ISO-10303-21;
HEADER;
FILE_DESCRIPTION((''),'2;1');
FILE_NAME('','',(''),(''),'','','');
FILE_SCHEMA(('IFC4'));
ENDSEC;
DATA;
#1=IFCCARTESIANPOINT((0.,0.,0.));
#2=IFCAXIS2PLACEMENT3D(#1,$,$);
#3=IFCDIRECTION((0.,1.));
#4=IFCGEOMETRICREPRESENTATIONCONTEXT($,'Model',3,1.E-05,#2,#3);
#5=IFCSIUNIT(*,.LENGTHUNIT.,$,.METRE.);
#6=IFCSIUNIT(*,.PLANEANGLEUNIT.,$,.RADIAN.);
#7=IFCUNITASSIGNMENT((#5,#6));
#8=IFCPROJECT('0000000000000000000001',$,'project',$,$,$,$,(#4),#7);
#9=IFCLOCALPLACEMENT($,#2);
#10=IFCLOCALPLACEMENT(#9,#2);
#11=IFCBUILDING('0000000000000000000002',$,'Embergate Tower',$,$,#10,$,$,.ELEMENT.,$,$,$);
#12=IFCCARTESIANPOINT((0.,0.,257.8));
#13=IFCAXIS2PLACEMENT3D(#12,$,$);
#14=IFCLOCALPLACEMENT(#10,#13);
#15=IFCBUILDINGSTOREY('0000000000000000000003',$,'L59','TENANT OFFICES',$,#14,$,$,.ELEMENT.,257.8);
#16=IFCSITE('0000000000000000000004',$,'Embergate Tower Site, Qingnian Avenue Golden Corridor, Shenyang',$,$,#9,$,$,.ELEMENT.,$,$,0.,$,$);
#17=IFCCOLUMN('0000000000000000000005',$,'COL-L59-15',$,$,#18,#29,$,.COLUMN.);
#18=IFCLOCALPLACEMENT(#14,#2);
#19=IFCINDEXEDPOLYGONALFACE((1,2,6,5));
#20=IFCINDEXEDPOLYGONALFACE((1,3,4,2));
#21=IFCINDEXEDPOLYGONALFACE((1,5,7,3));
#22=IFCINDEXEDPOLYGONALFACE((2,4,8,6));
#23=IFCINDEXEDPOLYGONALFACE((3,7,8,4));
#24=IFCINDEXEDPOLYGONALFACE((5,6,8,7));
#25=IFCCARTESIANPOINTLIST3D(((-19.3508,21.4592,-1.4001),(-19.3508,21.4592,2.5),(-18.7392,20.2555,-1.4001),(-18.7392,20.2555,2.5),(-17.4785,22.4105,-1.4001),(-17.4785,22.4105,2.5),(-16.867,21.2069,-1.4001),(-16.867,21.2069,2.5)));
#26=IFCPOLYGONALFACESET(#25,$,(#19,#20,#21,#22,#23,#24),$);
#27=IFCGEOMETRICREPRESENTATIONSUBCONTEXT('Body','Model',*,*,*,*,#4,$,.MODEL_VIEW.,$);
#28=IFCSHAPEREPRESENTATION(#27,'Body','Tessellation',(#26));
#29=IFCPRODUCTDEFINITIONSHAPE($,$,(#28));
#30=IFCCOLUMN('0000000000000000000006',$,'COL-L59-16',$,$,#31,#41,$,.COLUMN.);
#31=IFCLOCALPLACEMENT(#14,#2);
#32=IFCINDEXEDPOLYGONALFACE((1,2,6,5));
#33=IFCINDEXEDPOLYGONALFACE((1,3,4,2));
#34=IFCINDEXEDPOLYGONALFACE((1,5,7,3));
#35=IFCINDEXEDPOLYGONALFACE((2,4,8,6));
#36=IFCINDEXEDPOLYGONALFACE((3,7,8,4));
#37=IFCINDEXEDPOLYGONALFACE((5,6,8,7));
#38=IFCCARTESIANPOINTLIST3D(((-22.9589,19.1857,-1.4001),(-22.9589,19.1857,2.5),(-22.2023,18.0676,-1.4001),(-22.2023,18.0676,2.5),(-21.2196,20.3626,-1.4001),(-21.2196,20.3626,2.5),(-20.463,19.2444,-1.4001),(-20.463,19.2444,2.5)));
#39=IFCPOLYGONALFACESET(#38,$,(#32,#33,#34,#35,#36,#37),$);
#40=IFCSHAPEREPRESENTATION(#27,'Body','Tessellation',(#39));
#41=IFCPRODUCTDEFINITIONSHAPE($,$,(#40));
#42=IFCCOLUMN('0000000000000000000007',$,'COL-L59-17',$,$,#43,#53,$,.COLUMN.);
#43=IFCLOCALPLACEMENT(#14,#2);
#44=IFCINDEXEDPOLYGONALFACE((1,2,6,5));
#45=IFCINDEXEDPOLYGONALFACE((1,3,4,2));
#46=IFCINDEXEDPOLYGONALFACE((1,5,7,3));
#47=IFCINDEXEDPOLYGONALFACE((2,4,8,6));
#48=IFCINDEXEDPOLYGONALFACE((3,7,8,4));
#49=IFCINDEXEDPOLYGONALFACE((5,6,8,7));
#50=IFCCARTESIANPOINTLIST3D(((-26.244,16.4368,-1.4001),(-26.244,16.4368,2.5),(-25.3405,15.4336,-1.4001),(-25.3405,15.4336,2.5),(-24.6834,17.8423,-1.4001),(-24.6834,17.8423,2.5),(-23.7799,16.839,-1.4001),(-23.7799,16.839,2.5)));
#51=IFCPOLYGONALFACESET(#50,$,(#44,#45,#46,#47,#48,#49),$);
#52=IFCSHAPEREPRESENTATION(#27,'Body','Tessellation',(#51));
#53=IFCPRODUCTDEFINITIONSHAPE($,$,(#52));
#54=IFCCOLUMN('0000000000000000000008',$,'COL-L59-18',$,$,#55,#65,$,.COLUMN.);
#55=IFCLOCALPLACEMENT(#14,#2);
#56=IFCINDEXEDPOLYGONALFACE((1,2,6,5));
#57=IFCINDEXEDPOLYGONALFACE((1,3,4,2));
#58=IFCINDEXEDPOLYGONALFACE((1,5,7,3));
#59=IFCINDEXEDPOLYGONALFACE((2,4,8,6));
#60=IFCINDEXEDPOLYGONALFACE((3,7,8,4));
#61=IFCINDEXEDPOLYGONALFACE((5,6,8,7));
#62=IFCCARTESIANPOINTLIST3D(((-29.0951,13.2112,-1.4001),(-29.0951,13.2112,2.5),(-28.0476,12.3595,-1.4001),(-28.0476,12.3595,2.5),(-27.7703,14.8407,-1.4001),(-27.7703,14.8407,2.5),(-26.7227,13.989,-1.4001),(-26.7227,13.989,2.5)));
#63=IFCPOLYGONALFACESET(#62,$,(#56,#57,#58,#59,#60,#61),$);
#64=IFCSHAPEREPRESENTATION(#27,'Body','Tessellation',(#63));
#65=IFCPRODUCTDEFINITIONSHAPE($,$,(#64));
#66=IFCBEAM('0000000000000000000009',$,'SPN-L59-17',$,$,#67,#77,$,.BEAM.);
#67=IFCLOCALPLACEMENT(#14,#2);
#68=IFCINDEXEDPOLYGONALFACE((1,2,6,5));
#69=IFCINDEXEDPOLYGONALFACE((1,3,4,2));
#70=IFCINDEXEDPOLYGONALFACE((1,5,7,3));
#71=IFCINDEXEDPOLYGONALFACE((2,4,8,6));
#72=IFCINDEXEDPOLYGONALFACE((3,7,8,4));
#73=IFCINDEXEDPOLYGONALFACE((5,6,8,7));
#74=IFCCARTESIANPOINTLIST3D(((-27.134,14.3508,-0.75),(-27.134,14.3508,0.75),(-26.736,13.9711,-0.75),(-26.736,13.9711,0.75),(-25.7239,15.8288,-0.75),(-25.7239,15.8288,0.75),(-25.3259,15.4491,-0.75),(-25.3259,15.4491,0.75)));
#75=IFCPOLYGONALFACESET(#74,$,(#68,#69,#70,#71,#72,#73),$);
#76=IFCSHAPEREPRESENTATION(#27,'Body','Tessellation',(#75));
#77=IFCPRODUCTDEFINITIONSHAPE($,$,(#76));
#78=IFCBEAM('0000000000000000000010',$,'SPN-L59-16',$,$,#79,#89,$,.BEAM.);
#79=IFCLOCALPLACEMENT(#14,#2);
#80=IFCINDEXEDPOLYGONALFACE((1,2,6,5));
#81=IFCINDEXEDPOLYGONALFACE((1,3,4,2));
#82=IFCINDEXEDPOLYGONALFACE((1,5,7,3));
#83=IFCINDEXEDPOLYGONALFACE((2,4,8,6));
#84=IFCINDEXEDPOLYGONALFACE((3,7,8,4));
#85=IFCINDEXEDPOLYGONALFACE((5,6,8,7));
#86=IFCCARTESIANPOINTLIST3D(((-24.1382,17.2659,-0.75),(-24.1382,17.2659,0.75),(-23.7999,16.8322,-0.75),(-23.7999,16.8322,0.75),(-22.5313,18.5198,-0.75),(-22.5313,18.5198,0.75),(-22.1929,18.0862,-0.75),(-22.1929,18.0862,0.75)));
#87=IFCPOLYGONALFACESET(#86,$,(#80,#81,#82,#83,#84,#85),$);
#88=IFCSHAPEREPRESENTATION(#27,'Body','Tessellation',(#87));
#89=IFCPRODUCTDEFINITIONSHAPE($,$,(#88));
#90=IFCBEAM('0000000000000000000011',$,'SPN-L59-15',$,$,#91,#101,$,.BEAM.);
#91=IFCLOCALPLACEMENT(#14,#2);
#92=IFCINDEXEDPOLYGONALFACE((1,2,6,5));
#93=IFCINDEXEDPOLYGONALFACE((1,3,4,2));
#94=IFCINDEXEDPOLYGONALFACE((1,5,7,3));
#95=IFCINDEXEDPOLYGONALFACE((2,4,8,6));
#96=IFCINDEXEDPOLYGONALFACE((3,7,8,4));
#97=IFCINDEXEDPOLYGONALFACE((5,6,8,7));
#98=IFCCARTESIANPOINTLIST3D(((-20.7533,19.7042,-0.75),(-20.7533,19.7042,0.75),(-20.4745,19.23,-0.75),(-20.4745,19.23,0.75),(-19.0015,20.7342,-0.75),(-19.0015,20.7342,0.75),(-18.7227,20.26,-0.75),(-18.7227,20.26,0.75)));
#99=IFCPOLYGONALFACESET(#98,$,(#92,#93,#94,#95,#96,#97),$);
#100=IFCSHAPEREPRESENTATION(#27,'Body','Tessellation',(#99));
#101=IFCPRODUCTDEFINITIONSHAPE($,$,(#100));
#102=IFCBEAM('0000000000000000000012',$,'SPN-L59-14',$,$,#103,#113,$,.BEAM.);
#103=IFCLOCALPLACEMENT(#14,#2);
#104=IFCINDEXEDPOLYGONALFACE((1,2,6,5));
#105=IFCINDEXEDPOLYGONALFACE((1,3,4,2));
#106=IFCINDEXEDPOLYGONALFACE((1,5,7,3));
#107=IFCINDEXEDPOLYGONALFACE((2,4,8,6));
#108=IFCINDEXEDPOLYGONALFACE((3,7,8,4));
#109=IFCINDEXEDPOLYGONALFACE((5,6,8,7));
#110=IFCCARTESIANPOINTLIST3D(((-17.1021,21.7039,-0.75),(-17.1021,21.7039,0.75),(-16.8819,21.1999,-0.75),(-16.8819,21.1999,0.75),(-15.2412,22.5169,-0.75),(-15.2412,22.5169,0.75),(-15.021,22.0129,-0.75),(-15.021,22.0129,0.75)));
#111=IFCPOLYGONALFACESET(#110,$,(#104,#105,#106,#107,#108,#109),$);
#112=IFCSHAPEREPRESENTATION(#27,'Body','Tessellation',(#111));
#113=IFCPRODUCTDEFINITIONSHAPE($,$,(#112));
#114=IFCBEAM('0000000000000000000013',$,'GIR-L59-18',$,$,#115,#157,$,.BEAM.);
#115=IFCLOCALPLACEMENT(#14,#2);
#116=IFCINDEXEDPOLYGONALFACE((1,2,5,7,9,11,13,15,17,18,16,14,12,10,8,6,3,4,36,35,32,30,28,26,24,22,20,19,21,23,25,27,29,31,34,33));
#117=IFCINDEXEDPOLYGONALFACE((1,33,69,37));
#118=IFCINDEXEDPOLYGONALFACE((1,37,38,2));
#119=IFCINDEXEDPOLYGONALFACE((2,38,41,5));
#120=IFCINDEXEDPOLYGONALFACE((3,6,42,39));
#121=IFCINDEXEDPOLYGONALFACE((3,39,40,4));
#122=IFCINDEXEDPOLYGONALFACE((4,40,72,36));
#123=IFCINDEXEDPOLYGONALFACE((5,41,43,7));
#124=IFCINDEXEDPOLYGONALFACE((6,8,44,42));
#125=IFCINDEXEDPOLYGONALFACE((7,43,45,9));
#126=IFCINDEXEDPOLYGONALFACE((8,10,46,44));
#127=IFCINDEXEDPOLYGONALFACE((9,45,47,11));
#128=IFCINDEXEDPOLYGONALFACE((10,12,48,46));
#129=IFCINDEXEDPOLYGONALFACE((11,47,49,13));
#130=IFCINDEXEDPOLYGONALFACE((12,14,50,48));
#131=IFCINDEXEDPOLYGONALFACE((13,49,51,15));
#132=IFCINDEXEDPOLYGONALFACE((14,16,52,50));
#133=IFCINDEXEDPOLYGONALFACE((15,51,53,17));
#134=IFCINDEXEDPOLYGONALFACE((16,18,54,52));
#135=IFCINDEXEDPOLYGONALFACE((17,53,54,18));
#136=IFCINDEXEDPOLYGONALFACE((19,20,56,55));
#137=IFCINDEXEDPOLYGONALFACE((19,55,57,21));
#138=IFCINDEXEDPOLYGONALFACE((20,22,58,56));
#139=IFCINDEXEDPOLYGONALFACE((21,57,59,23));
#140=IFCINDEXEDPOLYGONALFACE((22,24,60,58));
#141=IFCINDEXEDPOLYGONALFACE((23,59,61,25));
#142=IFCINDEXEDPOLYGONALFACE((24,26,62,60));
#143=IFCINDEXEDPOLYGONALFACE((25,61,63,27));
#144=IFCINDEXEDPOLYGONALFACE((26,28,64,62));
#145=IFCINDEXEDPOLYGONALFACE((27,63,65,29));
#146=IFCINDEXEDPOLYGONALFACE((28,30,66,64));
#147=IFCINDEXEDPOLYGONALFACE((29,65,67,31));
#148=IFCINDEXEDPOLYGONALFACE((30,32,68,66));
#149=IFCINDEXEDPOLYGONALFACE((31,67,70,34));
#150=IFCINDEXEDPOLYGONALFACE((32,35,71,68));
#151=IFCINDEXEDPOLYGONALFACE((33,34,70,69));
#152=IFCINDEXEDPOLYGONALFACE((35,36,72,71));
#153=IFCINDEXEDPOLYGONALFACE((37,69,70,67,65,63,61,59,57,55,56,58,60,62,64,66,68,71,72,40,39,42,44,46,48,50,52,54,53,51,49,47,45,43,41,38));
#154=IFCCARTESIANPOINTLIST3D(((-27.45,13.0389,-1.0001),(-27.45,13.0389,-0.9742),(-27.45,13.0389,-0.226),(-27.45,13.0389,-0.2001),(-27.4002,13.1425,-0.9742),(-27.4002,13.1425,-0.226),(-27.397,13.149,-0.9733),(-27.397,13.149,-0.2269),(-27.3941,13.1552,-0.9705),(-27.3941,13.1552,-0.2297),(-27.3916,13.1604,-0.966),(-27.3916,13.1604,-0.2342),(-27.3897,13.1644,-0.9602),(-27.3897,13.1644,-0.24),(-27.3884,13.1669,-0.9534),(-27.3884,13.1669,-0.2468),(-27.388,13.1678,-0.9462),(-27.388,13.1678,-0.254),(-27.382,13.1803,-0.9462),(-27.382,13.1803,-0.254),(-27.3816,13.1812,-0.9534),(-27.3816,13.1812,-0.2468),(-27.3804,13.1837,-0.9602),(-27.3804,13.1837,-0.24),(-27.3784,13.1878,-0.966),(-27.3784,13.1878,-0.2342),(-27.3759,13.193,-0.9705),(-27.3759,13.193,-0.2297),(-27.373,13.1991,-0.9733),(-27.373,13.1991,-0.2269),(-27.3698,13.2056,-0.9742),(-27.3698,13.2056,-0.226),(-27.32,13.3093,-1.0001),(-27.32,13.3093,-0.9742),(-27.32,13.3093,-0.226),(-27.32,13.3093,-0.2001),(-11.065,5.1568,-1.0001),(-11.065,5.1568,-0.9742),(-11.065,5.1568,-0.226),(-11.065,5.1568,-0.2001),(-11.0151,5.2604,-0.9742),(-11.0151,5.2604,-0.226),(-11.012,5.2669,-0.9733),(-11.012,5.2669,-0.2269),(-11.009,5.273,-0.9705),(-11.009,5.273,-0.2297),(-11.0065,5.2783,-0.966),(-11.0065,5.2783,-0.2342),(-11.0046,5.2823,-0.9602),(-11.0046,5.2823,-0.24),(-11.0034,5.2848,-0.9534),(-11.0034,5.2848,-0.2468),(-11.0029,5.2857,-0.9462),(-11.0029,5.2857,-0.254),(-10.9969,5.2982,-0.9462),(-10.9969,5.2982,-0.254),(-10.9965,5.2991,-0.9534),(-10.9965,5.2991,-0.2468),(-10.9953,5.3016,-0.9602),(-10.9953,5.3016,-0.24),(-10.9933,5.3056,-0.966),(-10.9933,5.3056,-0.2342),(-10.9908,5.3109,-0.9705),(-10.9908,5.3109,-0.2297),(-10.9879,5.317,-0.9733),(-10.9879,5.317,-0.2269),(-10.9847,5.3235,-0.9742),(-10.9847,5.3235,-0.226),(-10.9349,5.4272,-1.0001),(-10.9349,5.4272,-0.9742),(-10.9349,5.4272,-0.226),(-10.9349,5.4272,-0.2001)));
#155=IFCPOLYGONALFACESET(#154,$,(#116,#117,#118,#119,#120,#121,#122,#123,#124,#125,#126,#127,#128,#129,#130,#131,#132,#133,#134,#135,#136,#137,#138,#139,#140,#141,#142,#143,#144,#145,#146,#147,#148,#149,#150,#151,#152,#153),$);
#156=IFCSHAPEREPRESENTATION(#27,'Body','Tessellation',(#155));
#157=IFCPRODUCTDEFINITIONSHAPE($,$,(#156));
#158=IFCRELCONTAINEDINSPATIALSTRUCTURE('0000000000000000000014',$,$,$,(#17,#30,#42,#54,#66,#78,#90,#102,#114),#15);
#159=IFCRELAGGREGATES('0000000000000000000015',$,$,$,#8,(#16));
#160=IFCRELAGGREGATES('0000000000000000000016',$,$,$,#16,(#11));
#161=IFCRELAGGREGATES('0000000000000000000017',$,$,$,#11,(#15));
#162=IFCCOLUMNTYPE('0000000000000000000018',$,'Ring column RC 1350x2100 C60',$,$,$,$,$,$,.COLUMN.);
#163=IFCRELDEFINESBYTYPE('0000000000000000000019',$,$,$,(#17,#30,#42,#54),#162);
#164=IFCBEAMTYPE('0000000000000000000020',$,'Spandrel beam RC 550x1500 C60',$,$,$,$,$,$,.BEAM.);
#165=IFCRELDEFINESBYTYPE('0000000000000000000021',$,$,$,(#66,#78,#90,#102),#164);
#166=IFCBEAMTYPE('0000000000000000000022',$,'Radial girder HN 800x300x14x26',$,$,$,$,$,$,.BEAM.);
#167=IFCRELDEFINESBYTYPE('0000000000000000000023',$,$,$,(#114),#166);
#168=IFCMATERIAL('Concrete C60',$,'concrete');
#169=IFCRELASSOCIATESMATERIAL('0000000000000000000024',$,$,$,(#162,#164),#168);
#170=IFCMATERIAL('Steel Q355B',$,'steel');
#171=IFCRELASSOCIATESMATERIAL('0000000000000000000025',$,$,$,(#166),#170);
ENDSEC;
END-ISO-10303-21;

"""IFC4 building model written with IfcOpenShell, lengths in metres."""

from ifc_helpers import new_model, si_unit, direction, frame, origin, origin_2d, place, context, subcontext, project, spatial, rectangle, i_section, extrude, source, transform, mapped, material, material_profile, profile_set, type_object, element, save


model = new_model("IFC4")

# Units and contexts
model_context = context("Model", 3, precision=1e-05, world=origin(), true_north=direction((0.0, 1.0)))
body_context = subcontext(model_context, "Body", "Model", "MODEL_VIEW")
ifc_project = project(units=[si_unit("LENGTHUNIT", "METRE"), si_unit("PLANEANGLEUNIT", "RADIAN")], contexts=[model_context])

# Site, building, storey
site_placement = place(None, origin())
site = spatial("IfcSite", under=ifc_project, at=site_placement, Name="Embergate Tower Site, Qingnian Avenue Golden Corridor, Shenyang", CompositionType="ELEMENT", RefElevation=0.0)
building_placement = place(site_placement, origin())
building = spatial("IfcBuilding", under=site, at=building_placement, Name="Embergate Tower", CompositionType="ELEMENT")
storey_placement = place(building_placement, frame((0.0, 0.0, 257.8)))
storey = spatial("IfcBuildingStorey", under=building, at=storey_placement, Name="L59", Description="TENANT OFFICES", CompositionType="ELEMENT", Elevation=257.8)

# Columns
ifc_material_1 = material(Name="Concrete C60", Category="concrete")
ifc_material_profile_1 = material_profile(ifc_material_1, rectangle(XDim=1.3501, YDim=2.1001, at=origin_2d()), Name="RC 1350x2100")
ifc_profile_set_1 = profile_set([ifc_material_profile_1], Name="Concrete C60")
column_type = type_object("IfcColumnType", Name="Ring column RC 1350x2100 C60", PredefinedType="COLUMN", material=ifc_profile_set_1)
shared_shape_1 = source(origin(), body_context, "Body", "SweptSolid", [
    extrude(rectangle(XDim=1.3501, YDim=2.1001, at=origin_2d()), origin(), (0.0, 0.0, 1.0), 3.9001),
])
for number, where, z_axis, x_axis, name in (
    (1, (-18.1089, 21.333, -1.4001), (0.0, 0.0, 1.0), (-0.452995, 0.891513, 0.0), "COL-L59-15"),
    (2, (-21.7109, 19.2151, -1.4001), (0.0, 0.0, 1.0), (-0.560393, 0.828227, 0.0), "COL-L59-16"),
    (3, (-25.012, 16.6379, -1.4001), (0.0, 0.0, 1.0), (-0.669208, 0.743075, 0.0), "COL-L59-17"),
    (4, (-27.9089, 13.6001, -1.4001), (0.0, 0.0, 1.0), (-0.775914, 0.630838, 0.0), "COL-L59-18"),
):
    element("IfcColumn", number, at=place(storey_placement, frame(where, z_axis=z_axis, x_axis=x_axis)), inside=storey, type_object=column_type, Name=name, PredefinedType="COLUMN", context=body_context, shape_type="MappedRepresentation", body=[
        mapped(shared_shape_1, transform((0.0, 0.0, 0.0))),
    ])

# Beams
ifc_material_profile_2 = material_profile(ifc_material_1, rectangle(XDim=0.55, YDim=1.5, at=origin_2d()), Name="RC 550x1500")
ifc_profile_set_2 = profile_set([ifc_material_profile_2], Name="Concrete C60")
beam_type_1 = type_object("IfcBeamType", Name="Spandrel beam RC 550x1500 C60", PredefinedType="BEAM", material=ifc_profile_set_2)
shared_shape_2 = source(origin(), body_context, "Body", "SweptSolid", [
    extrude(rectangle(XDim=0.55, YDim=1.5, at=origin_2d()), origin(), (0.0, 0.0, 1.0), 2.0427),
])
beam_1_placement = place(storey_placement, frame((-25.5249, 15.6389, 0.0), z_axis=(-0.690299, -0.723524, 0.0), x_axis=(0.723524, -0.690299, 0.0)))
element("IfcBeam", 5, at=beam_1_placement, inside=storey, type_object=beam_type_1, Name="SPN-L59-17", PredefinedType="BEAM", context=body_context, shape_type="MappedRepresentation", body=[
    mapped(shared_shape_2, transform((0.0, 0.0, 0.0))),
])
shared_shape_3 = source(origin(), body_context, "Body", "SweptSolid", [
    extrude(rectangle(XDim=0.55, YDim=1.5, at=origin_2d()), origin(), (0.0, 0.0, 1.0), 2.0383),
])
beam_2_placement = place(storey_placement, frame((-22.3621, 18.303, 0.0), z_axis=(-0.788384, -0.615184, 0.0), x_axis=(0.615184, -0.788384, 0.0)))
element("IfcBeam", 6, at=beam_2_placement, inside=storey, type_object=beam_type_1, Name="SPN-L59-16", PredefinedType="BEAM", context=body_context, shape_type="MappedRepresentation", body=[
    mapped(shared_shape_3, transform((0.0, 0.0, 0.0))),
])
shared_shape_4 = source(origin(), body_context, "Body", "SweptSolid", [
    extrude(rectangle(XDim=0.55, YDim=1.5, at=origin_2d()), origin(), (0.0, 0.0, 1.0), 2.0322),
])
beam_3_placement = place(storey_placement, frame((-18.8621, 20.4971, 0.0), z_axis=(-0.862048, -0.506826, 0.0), x_axis=(0.506826, -0.862048, 0.0)))
element("IfcBeam", 7, at=beam_3_placement, inside=storey, type_object=beam_type_1, Name="SPN-L59-15", PredefinedType="BEAM", context=body_context, shape_type="MappedRepresentation", body=[
    mapped(shared_shape_4, transform((0.0, 0.0, 0.0))),
])
shared_shape_5 = source(origin(), body_context, "Body", "SweptSolid", [
    extrude(rectangle(XDim=0.55, YDim=1.5, at=origin_2d()), origin(), (0.0, 0.0, 1.0), 2.0308),
])
beam_4_placement = place(storey_placement, frame((-15.1311, 22.2649, 0.0), z_axis=(-0.916361, -0.400352, 0.0), x_axis=(0.400352, -0.916361, 0.0)))
element("IfcBeam", 8, at=beam_4_placement, inside=storey, type_object=beam_type_1, Name="SPN-L59-14", PredefinedType="BEAM", context=body_context, shape_type="MappedRepresentation", body=[
    mapped(shared_shape_5, transform((0.0, 0.0, 0.0))),
])
ifc_material_2 = material(Name="Steel Q355B", Category="steel")
ifc_material_profile_3 = material_profile(ifc_material_2, i_section(OverallWidth=0.3, OverallDepth=0.8, WebThickness=0.0139, FlangeThickness=0.0259, FilletRadius=0.0281, at=origin_2d()), Name="HN 800x300x14x26")
ifc_profile_set_3 = profile_set([ifc_material_profile_3], Name="Steel Q355 grade B")
beam_type_2 = type_object("IfcBeamType", Name="Radial girder HN 800x300x14x26", PredefinedType="BEAM", material=ifc_profile_set_3)
shared_shape_6 = source(origin(), body_context, "Body", "SweptSolid", [
    extrude(i_section(OverallWidth=0.3, OverallDepth=0.8, WebThickness=0.0139, FlangeThickness=0.0259, FilletRadius=0.0281, at=origin_2d()), origin(), (0.0, 0.0, 1.0), 18.1824),
])
beam_5_placement = place(storey_placement, frame((-27.385, 13.1741, -0.6001), z_axis=(0.901152, -0.433503, 0.0), x_axis=(0.433503, 0.901152, 0.0)))
element("IfcBeam", 9, at=beam_5_placement, inside=storey, type_object=beam_type_2, Name="GIR-L59-18", PredefinedType="BEAM", context=body_context, shape_type="MappedRepresentation", body=[
    mapped(shared_shape_6, transform((0.0, 0.0, 0.0))),
])

save(model, "model.ifc")
